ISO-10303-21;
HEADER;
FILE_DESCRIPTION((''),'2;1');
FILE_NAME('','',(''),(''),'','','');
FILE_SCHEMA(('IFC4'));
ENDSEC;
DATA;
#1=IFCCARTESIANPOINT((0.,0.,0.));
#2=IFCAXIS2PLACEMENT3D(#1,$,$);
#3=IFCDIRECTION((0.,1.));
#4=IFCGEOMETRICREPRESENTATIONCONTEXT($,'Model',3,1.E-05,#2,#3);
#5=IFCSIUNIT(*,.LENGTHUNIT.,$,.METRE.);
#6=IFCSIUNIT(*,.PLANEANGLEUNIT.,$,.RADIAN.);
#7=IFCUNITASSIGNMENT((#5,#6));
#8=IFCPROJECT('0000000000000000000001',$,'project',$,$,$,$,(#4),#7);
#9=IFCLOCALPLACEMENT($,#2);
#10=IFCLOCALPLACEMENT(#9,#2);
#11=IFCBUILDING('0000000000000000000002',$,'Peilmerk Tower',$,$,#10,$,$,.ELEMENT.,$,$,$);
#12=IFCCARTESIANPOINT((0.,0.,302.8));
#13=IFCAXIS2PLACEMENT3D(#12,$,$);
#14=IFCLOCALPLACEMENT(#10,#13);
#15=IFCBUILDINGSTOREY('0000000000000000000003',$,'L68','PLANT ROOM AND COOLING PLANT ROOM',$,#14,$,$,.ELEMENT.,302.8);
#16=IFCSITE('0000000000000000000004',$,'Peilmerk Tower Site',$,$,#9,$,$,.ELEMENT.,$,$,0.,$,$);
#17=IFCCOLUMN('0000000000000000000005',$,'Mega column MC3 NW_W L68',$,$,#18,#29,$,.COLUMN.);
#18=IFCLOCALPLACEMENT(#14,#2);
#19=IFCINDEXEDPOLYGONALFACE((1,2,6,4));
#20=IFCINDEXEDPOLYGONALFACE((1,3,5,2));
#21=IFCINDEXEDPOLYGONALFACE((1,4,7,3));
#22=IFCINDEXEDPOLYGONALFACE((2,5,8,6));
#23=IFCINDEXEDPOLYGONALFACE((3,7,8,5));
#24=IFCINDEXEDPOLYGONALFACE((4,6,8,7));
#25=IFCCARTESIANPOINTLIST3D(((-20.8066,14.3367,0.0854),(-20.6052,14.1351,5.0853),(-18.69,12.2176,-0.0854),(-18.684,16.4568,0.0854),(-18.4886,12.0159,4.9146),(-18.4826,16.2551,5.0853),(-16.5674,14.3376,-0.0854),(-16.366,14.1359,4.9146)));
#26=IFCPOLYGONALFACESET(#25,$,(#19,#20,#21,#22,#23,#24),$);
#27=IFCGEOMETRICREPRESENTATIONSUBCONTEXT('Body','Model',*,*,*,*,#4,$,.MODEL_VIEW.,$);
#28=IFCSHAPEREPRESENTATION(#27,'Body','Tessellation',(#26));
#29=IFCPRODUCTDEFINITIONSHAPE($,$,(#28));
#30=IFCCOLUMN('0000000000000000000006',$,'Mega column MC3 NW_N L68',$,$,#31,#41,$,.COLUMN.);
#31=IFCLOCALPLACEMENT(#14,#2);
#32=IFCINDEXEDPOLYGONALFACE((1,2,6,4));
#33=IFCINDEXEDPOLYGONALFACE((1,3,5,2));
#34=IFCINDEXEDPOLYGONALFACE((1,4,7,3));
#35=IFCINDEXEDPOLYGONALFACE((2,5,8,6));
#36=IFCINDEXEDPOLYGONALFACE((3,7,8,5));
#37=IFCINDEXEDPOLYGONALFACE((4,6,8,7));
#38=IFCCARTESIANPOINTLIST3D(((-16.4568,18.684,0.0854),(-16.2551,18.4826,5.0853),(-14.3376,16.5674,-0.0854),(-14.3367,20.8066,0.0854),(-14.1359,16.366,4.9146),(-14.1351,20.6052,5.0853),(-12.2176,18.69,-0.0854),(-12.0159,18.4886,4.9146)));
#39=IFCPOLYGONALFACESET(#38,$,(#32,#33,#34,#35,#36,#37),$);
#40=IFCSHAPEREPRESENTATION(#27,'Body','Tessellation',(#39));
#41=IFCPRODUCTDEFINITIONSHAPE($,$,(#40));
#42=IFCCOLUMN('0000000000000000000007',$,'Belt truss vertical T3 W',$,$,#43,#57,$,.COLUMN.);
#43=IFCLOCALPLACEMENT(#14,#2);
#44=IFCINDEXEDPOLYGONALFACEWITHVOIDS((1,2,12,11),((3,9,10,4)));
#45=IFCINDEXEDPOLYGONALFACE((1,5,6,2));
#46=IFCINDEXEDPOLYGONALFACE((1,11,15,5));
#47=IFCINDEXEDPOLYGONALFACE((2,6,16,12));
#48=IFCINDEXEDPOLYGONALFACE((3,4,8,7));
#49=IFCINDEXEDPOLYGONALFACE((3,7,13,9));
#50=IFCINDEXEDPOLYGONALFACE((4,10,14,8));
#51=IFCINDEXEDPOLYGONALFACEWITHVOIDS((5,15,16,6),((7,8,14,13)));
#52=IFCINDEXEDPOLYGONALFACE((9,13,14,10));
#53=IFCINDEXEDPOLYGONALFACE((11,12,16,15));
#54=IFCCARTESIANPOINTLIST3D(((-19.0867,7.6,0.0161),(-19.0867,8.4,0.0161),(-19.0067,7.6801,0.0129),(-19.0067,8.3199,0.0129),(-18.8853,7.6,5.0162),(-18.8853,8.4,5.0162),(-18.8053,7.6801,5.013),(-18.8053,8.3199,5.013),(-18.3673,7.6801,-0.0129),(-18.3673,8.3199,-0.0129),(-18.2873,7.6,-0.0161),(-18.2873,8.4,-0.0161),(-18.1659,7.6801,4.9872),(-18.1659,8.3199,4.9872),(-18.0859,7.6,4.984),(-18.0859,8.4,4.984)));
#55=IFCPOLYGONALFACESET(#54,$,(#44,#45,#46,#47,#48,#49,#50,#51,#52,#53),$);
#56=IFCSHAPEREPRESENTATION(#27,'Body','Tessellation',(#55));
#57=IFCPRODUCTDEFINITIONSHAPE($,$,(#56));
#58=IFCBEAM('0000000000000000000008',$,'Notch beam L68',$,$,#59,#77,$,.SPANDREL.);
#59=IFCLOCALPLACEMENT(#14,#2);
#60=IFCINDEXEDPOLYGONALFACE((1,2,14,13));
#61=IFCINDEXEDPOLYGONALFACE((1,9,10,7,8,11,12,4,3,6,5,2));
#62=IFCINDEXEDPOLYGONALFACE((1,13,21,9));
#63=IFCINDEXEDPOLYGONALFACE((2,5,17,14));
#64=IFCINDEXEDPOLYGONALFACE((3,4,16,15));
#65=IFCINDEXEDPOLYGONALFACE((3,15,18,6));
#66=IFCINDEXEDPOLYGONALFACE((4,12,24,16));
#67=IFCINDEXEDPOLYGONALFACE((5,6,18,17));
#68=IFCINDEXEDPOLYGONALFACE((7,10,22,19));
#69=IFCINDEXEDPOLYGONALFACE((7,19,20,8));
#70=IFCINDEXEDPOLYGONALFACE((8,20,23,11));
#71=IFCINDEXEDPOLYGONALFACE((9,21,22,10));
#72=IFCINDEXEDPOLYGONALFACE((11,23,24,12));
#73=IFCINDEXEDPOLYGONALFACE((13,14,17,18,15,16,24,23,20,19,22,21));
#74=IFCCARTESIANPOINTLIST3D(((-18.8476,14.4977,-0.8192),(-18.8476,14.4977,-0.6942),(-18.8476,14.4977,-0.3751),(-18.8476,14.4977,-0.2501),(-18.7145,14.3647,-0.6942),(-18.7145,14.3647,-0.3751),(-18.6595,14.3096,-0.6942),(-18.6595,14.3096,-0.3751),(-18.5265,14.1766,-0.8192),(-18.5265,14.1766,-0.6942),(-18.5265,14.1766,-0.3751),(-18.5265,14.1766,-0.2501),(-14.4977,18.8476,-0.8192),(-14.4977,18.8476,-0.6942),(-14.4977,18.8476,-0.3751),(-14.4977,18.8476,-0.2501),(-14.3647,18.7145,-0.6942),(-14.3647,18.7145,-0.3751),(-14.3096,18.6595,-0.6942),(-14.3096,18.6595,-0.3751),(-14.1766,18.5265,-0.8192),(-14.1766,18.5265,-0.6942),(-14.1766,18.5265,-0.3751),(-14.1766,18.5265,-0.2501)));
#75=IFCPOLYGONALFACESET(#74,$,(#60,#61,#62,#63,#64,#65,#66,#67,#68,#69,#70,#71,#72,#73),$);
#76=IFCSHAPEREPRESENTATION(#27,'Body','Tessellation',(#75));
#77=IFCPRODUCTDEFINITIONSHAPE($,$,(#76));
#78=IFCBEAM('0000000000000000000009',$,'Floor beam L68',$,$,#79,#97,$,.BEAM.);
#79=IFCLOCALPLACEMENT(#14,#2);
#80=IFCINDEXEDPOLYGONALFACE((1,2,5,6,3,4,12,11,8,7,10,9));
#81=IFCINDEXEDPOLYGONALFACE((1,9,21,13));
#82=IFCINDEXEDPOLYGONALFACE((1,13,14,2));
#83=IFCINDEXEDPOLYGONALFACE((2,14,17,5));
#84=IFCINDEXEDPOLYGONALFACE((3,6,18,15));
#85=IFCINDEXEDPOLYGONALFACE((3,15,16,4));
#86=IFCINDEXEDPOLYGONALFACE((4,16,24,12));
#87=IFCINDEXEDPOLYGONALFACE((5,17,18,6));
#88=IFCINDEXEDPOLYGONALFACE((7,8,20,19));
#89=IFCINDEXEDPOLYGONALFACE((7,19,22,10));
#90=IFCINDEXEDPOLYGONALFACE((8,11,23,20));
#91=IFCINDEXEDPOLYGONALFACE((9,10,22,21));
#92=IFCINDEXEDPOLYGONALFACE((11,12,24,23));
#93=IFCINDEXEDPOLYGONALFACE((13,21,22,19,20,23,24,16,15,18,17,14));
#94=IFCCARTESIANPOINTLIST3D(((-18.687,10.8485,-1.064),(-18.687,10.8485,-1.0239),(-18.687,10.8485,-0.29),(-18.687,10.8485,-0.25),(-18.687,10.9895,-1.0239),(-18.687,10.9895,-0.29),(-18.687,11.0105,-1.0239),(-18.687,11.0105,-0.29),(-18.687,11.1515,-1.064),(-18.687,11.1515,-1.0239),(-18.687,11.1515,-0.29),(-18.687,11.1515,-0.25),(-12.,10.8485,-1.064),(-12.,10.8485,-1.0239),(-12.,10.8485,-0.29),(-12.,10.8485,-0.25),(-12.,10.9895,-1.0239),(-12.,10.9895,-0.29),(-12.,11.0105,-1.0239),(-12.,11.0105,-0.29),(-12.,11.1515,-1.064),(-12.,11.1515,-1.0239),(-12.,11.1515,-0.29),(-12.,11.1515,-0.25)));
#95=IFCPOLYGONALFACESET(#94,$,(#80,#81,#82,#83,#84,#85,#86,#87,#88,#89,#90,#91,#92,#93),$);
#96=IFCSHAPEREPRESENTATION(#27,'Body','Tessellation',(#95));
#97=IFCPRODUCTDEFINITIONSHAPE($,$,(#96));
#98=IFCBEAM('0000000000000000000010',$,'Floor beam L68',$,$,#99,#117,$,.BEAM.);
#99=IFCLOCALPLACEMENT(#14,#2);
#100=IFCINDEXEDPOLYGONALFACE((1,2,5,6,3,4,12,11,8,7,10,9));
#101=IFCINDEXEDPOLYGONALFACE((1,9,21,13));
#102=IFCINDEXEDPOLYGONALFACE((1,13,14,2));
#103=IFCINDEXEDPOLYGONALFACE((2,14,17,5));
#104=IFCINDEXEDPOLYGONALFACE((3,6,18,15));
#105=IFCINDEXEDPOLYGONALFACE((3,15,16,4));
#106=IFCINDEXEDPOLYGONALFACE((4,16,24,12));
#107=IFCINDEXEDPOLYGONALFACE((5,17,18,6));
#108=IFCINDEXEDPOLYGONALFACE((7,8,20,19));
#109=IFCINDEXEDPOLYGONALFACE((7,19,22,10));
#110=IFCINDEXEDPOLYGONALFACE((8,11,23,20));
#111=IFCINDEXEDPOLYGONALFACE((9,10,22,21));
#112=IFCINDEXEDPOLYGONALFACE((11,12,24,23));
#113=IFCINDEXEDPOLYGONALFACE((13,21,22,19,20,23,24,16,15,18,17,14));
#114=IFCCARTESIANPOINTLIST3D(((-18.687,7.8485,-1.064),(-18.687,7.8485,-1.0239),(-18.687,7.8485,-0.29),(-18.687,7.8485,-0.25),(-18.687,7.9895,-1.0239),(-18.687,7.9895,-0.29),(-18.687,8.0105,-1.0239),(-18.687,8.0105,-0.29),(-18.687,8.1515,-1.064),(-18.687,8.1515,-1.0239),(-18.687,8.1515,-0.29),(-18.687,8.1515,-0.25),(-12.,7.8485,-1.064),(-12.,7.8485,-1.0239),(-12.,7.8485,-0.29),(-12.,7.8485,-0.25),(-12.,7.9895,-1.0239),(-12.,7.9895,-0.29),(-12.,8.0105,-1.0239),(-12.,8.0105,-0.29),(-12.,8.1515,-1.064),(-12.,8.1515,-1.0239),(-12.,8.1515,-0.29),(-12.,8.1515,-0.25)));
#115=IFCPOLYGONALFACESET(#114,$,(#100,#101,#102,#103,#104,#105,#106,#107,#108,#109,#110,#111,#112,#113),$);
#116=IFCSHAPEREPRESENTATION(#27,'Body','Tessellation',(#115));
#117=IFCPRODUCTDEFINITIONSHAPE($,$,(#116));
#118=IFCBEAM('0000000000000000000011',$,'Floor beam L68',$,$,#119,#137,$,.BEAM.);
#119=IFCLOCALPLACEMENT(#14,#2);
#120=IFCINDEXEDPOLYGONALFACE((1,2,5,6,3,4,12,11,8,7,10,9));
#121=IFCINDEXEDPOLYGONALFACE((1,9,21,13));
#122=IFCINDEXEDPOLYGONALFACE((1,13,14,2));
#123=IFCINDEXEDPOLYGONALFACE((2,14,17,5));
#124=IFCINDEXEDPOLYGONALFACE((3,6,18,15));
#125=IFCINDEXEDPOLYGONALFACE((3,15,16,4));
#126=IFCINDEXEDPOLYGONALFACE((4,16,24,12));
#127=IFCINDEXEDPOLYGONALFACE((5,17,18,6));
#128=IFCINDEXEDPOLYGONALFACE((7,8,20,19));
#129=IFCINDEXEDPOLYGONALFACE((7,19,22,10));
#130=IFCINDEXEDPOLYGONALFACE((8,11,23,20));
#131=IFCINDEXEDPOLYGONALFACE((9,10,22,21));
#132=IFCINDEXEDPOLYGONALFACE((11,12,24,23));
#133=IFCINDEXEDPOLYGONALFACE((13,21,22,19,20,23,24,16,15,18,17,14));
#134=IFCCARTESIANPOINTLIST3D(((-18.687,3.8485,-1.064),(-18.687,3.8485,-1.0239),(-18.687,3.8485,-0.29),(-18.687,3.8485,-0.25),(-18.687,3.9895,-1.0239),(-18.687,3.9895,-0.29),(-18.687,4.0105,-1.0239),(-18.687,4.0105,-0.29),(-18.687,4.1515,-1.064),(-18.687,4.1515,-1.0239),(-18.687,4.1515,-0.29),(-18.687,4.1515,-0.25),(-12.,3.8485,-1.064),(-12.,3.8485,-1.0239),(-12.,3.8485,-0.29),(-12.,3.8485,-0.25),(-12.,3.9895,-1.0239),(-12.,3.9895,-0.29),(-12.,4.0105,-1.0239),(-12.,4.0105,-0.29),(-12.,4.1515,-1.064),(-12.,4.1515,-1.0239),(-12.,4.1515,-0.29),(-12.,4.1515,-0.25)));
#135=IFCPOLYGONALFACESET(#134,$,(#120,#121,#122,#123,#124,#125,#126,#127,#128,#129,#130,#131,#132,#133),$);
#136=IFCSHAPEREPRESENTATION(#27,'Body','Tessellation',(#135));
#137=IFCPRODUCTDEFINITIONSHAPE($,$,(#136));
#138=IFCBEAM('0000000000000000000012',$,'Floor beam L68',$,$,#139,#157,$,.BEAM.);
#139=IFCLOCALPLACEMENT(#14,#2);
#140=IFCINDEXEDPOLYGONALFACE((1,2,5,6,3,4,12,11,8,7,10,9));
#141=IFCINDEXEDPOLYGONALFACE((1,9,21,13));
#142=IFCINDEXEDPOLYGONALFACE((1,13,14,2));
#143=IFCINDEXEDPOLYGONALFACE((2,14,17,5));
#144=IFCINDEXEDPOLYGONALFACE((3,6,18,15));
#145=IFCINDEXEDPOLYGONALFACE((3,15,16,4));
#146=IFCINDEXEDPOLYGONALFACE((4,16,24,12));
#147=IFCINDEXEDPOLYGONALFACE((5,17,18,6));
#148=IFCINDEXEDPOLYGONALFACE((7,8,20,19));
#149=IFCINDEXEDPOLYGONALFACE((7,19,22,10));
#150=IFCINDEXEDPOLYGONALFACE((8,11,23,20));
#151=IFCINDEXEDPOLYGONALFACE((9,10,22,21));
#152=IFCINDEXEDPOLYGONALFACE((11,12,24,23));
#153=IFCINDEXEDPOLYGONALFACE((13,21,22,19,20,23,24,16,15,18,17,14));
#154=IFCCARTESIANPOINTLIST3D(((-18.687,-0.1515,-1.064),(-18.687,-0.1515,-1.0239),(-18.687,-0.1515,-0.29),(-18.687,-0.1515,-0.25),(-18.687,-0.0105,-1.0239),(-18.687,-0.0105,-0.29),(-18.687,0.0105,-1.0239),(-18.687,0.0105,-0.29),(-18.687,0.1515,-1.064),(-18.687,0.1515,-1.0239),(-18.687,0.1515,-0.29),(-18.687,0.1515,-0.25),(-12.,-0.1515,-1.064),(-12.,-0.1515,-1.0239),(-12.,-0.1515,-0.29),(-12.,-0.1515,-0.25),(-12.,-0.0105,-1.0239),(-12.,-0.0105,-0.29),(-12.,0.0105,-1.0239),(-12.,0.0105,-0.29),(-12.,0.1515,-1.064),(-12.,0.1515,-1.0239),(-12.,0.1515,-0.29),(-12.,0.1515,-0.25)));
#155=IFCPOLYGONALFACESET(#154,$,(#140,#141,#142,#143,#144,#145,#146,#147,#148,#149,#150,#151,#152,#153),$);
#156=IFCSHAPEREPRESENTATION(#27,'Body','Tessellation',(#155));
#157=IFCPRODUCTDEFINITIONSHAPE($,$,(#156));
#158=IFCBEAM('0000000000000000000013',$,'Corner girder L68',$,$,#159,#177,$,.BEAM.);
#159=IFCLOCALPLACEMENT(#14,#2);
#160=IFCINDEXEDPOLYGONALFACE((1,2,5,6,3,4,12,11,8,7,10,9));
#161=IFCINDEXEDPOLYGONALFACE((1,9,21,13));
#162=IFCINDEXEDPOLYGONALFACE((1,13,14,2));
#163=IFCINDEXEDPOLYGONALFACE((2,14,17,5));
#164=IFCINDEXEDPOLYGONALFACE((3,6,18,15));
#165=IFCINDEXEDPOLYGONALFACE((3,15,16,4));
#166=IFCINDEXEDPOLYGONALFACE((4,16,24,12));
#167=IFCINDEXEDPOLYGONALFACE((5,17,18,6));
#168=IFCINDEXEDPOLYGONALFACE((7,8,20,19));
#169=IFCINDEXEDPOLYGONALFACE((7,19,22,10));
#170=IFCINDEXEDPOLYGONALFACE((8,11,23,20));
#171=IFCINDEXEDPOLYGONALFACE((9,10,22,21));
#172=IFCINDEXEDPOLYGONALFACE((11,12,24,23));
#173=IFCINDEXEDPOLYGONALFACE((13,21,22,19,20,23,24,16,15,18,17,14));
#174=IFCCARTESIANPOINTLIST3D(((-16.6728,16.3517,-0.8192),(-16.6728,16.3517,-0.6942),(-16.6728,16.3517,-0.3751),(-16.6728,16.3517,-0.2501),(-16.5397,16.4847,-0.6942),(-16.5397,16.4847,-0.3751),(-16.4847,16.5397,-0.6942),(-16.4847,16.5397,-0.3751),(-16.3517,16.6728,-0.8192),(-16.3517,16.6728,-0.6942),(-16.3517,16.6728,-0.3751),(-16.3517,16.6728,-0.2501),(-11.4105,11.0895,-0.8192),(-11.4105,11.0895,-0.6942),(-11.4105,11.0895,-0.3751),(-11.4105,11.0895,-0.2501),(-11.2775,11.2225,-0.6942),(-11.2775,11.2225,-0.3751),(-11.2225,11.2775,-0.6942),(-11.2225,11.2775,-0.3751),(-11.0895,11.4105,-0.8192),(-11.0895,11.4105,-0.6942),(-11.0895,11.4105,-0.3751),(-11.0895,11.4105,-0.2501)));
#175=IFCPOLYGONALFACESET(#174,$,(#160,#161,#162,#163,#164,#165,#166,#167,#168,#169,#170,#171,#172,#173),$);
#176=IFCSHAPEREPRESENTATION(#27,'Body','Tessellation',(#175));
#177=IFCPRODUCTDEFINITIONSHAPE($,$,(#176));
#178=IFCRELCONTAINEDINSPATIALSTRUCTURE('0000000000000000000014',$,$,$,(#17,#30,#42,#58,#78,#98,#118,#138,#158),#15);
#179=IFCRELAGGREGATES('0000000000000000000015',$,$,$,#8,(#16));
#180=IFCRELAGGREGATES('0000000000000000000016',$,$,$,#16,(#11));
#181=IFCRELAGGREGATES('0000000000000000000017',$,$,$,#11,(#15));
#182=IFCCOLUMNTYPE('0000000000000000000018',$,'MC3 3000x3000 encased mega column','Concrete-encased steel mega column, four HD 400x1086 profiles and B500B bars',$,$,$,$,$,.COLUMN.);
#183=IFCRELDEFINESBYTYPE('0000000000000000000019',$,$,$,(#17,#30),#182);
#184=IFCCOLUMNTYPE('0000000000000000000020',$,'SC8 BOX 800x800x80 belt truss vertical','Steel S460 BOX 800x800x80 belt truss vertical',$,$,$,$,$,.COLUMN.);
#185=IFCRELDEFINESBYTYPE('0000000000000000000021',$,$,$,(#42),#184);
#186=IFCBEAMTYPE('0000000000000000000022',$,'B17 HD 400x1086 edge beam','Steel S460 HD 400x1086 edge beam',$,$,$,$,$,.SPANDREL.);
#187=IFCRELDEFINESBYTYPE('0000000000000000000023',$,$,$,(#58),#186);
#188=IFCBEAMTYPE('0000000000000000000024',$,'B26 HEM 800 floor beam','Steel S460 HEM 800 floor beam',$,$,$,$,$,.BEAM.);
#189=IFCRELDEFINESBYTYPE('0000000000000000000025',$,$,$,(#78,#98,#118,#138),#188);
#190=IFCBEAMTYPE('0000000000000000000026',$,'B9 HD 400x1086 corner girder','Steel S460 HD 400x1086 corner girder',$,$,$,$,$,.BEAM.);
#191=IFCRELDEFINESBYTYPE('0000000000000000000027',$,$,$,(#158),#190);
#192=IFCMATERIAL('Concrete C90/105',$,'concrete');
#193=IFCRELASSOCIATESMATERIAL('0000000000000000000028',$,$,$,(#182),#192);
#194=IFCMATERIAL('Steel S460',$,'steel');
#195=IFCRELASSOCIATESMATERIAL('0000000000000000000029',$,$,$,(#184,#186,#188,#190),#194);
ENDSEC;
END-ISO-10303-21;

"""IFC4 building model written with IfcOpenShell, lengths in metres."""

from ifc_helpers import new_model, si_unit, direction, frame, origin, origin_2d, place, context, subcontext, project, spatial, rectangle, hollow_rectangle, i_section, extrude, material, material_profile, profile_set, type_object, element, save


model = new_model("IFC4")

# Units and contexts
model_context = context("Model", 3, precision=1e-05, world=origin(), true_north=direction((0.0, 1.0)))
body_context = subcontext(model_context, "Body", "Model", "MODEL_VIEW")
ifc_project = project(units=[si_unit("LENGTHUNIT", "METRE"), si_unit("PLANEANGLEUNIT", "RADIAN")], contexts=[model_context])

# Site, building, storey
site_placement = place(None, origin())
site = spatial("IfcSite", under=ifc_project, at=site_placement, Name="Peilmerk Tower Site", CompositionType="ELEMENT", RefElevation=0.0)
building_placement = place(site_placement, origin())
building = spatial("IfcBuilding", under=site, at=building_placement, Name="Peilmerk Tower", CompositionType="ELEMENT")
storey_placement = place(building_placement, frame((0.0, 0.0, 302.8)))
storey = spatial("IfcBuildingStorey", under=building, at=storey_placement, Name="L68", Description="PLANT ROOM AND COOLING PLANT ROOM", CompositionType="ELEMENT", Elevation=302.8)

# Columns
ifc_material_1 = material(Name="Concrete C90/105", Category="concrete")
ifc_material_profile_1 = material_profile(ifc_material_1, rectangle(XDim=3.0, YDim=3.0, at=origin_2d()), Name="RC 3000x3000")
ifc_profile_set_1 = profile_set([ifc_material_profile_1], Name="Concrete C90/105")
column_type_1 = type_object("IfcColumnType", Name="MC3 3000x3000 encased mega column", Description="Concrete-encased steel mega column, four HD 400x1086 profiles and B500B bars", PredefinedType="COLUMN", material=ifc_profile_set_1)
for number, where, z_axis, x_axis, name in (
    (1, (-18.687, 14.3372, 0.0), (0.040218, -0.040267, 0.998379), (0.707535, 0.706678, 0.0), "Mega column MC3 NW_W L68"),
    (2, (-14.3372, 18.687, 0.0), (0.040267, -0.040218, 0.998379), (0.706678, 0.707535, 0.0), "Mega column MC3 NW_N L68"),
):
    element("IfcColumn", number, at=place(storey_placement, frame(where, z_axis=z_axis, x_axis=x_axis)), inside=storey, type_object=column_type_1, Name=name, PredefinedType="COLUMN", context=body_context, shape_type="SweptSolid", body=[
        extrude(rectangle(XDim=3.0, YDim=3.0, at=origin_2d()), origin(), (0.0, 0.0, 1.0), 5.0081),
    ])
ifc_material_2 = material(Name="Steel S460", Category="steel")
ifc_material_profile_2 = material_profile(ifc_material_2, hollow_rectangle(XDim=0.8, YDim=0.8, WallThickness=0.0801, at=origin_2d()), Name="BOX 800x800x80")
ifc_profile_set_2 = profile_set([ifc_material_profile_2], Name="Steel S460")
column_type_2 = type_object("IfcColumnType", Name="SC8 BOX 800x800x80 belt truss vertical", Description="Steel S460 BOX 800x800x80 belt truss vertical", PredefinedType="COLUMN", material=ifc_profile_set_2)
column_placement = place(storey_placement, frame((-18.687, 8.0, 0.0), z_axis=(0.040251, 0.0, 0.99919), x_axis=(0.0, 1.0, 0.0)))
element("IfcColumn", 3, at=column_placement, inside=storey, type_object=column_type_2, Name="Belt truss vertical T3 W", PredefinedType="COLUMN", context=body_context, shape_type="SweptSolid", body=[
    extrude(hollow_rectangle(XDim=0.8, YDim=0.8, WallThickness=0.0801, at=origin_2d()), origin(), (0.0, 0.0, 1.0), 5.0042),
])

# Beams
ifc_material_profile_3 = material_profile(ifc_material_2, i_section(OverallWidth=0.4541, OverallDepth=0.5691, WebThickness=0.0779, FlangeThickness=0.125, at=origin_2d()), Name="HD 400x1086")
ifc_profile_set_3 = profile_set([ifc_material_profile_3], Name="Steel S460")
beam_type_1 = type_object("IfcBeamType", Name="B17 HD 400x1086 edge beam", Description="Steel S460 HD 400x1086 edge beam", PredefinedType="SPANDREL", material=ifc_profile_set_3)
beam_1_placement = place(storey_placement, frame((-18.687, 14.3372, -0.5347), z_axis=(0.707107, 0.707107, 0.0), x_axis=(-0.707107, 0.707107, 0.0)))
element("IfcBeam", 4, at=beam_1_placement, inside=storey, type_object=beam_type_1, Name="Notch beam L68", PredefinedType="SPANDREL", context=body_context, shape_type="SweptSolid", body=[
    extrude(i_section(OverallWidth=0.4541, OverallDepth=0.5691, WebThickness=0.0779, FlangeThickness=0.125, at=origin_2d()), origin(), (0.0, 0.0, 1.0), 6.1516),
])
ifc_material_profile_4 = material_profile(ifc_material_2, i_section(OverallWidth=0.303, OverallDepth=0.814, WebThickness=0.021, FlangeThickness=0.04, at=origin_2d()), Name="HEM 800")
ifc_profile_set_4 = profile_set([ifc_material_profile_4], Name="Steel S460")
beam_type_2 = type_object("IfcBeamType", Name="B26 HEM 800 floor beam", Description="Steel S460 HEM 800 floor beam", PredefinedType="BEAM", material=ifc_profile_set_4)
for number, where, z_axis, x_axis, name in (
    (5, (-12.0, 11.0, -0.657), (-1.0, 0.0, 0.0), (0.0, -1.0, 0.0), "Floor beam L68"),
    (6, (-12.0, 8.0, -0.657), (-1.0, 0.0, 0.0), (0.0, -1.0, 0.0), "Floor beam L68"),
    (7, (-12.0, 4.0, -0.657), (-1.0, 0.0, 0.0), (0.0, -1.0, 0.0), "Floor beam L68"),
    (8, (-12.0, 0.0, -0.657), (-1.0, 0.0, 0.0), (0.0, -1.0, 0.0), "Floor beam L68"),
):
    element("IfcBeam", number, at=place(storey_placement, frame(where, z_axis=z_axis, x_axis=x_axis)), inside=storey, type_object=beam_type_2, Name=name, PredefinedType="BEAM", context=body_context, shape_type="SweptSolid", body=[
        extrude(i_section(OverallWidth=0.303, OverallDepth=0.814, WebThickness=0.021, FlangeThickness=0.04, at=origin_2d()), origin(), (0.0, 0.0, 1.0), 6.687),
    ])
ifc_material_profile_5 = material_profile(ifc_material_2, i_section(OverallWidth=0.4541, OverallDepth=0.5691, WebThickness=0.0779, FlangeThickness=0.125, at=origin_2d()), Name="HD 400x1086")
ifc_profile_set_5 = profile_set([ifc_material_profile_5], Name="Steel S460")
beam_type_3 = type_object("IfcBeamType", Name="B9 HD 400x1086 corner girder", Description="Steel S460 HD 400x1086 corner girder", PredefinedType="BEAM", material=ifc_profile_set_5)
beam_2_placement = place(storey_placement, frame((-11.25, 11.25, -0.5347), z_axis=(-0.707107, 0.707107, 0.0), x_axis=(-0.707107, -0.707107, 0.0)))
element("IfcBeam", 9, at=beam_2_placement, inside=storey, type_object=beam_type_3, Name="Corner girder L68", PredefinedType="BEAM", context=body_context, shape_type="SweptSolid", body=[
    extrude(i_section(OverallWidth=0.4541, OverallDepth=0.5691, WebThickness=0.0779, FlangeThickness=0.125, at=origin_2d()), origin(), (0.0, 0.0, 1.0), 7.4419),
])

save(model, "model.ifc")
